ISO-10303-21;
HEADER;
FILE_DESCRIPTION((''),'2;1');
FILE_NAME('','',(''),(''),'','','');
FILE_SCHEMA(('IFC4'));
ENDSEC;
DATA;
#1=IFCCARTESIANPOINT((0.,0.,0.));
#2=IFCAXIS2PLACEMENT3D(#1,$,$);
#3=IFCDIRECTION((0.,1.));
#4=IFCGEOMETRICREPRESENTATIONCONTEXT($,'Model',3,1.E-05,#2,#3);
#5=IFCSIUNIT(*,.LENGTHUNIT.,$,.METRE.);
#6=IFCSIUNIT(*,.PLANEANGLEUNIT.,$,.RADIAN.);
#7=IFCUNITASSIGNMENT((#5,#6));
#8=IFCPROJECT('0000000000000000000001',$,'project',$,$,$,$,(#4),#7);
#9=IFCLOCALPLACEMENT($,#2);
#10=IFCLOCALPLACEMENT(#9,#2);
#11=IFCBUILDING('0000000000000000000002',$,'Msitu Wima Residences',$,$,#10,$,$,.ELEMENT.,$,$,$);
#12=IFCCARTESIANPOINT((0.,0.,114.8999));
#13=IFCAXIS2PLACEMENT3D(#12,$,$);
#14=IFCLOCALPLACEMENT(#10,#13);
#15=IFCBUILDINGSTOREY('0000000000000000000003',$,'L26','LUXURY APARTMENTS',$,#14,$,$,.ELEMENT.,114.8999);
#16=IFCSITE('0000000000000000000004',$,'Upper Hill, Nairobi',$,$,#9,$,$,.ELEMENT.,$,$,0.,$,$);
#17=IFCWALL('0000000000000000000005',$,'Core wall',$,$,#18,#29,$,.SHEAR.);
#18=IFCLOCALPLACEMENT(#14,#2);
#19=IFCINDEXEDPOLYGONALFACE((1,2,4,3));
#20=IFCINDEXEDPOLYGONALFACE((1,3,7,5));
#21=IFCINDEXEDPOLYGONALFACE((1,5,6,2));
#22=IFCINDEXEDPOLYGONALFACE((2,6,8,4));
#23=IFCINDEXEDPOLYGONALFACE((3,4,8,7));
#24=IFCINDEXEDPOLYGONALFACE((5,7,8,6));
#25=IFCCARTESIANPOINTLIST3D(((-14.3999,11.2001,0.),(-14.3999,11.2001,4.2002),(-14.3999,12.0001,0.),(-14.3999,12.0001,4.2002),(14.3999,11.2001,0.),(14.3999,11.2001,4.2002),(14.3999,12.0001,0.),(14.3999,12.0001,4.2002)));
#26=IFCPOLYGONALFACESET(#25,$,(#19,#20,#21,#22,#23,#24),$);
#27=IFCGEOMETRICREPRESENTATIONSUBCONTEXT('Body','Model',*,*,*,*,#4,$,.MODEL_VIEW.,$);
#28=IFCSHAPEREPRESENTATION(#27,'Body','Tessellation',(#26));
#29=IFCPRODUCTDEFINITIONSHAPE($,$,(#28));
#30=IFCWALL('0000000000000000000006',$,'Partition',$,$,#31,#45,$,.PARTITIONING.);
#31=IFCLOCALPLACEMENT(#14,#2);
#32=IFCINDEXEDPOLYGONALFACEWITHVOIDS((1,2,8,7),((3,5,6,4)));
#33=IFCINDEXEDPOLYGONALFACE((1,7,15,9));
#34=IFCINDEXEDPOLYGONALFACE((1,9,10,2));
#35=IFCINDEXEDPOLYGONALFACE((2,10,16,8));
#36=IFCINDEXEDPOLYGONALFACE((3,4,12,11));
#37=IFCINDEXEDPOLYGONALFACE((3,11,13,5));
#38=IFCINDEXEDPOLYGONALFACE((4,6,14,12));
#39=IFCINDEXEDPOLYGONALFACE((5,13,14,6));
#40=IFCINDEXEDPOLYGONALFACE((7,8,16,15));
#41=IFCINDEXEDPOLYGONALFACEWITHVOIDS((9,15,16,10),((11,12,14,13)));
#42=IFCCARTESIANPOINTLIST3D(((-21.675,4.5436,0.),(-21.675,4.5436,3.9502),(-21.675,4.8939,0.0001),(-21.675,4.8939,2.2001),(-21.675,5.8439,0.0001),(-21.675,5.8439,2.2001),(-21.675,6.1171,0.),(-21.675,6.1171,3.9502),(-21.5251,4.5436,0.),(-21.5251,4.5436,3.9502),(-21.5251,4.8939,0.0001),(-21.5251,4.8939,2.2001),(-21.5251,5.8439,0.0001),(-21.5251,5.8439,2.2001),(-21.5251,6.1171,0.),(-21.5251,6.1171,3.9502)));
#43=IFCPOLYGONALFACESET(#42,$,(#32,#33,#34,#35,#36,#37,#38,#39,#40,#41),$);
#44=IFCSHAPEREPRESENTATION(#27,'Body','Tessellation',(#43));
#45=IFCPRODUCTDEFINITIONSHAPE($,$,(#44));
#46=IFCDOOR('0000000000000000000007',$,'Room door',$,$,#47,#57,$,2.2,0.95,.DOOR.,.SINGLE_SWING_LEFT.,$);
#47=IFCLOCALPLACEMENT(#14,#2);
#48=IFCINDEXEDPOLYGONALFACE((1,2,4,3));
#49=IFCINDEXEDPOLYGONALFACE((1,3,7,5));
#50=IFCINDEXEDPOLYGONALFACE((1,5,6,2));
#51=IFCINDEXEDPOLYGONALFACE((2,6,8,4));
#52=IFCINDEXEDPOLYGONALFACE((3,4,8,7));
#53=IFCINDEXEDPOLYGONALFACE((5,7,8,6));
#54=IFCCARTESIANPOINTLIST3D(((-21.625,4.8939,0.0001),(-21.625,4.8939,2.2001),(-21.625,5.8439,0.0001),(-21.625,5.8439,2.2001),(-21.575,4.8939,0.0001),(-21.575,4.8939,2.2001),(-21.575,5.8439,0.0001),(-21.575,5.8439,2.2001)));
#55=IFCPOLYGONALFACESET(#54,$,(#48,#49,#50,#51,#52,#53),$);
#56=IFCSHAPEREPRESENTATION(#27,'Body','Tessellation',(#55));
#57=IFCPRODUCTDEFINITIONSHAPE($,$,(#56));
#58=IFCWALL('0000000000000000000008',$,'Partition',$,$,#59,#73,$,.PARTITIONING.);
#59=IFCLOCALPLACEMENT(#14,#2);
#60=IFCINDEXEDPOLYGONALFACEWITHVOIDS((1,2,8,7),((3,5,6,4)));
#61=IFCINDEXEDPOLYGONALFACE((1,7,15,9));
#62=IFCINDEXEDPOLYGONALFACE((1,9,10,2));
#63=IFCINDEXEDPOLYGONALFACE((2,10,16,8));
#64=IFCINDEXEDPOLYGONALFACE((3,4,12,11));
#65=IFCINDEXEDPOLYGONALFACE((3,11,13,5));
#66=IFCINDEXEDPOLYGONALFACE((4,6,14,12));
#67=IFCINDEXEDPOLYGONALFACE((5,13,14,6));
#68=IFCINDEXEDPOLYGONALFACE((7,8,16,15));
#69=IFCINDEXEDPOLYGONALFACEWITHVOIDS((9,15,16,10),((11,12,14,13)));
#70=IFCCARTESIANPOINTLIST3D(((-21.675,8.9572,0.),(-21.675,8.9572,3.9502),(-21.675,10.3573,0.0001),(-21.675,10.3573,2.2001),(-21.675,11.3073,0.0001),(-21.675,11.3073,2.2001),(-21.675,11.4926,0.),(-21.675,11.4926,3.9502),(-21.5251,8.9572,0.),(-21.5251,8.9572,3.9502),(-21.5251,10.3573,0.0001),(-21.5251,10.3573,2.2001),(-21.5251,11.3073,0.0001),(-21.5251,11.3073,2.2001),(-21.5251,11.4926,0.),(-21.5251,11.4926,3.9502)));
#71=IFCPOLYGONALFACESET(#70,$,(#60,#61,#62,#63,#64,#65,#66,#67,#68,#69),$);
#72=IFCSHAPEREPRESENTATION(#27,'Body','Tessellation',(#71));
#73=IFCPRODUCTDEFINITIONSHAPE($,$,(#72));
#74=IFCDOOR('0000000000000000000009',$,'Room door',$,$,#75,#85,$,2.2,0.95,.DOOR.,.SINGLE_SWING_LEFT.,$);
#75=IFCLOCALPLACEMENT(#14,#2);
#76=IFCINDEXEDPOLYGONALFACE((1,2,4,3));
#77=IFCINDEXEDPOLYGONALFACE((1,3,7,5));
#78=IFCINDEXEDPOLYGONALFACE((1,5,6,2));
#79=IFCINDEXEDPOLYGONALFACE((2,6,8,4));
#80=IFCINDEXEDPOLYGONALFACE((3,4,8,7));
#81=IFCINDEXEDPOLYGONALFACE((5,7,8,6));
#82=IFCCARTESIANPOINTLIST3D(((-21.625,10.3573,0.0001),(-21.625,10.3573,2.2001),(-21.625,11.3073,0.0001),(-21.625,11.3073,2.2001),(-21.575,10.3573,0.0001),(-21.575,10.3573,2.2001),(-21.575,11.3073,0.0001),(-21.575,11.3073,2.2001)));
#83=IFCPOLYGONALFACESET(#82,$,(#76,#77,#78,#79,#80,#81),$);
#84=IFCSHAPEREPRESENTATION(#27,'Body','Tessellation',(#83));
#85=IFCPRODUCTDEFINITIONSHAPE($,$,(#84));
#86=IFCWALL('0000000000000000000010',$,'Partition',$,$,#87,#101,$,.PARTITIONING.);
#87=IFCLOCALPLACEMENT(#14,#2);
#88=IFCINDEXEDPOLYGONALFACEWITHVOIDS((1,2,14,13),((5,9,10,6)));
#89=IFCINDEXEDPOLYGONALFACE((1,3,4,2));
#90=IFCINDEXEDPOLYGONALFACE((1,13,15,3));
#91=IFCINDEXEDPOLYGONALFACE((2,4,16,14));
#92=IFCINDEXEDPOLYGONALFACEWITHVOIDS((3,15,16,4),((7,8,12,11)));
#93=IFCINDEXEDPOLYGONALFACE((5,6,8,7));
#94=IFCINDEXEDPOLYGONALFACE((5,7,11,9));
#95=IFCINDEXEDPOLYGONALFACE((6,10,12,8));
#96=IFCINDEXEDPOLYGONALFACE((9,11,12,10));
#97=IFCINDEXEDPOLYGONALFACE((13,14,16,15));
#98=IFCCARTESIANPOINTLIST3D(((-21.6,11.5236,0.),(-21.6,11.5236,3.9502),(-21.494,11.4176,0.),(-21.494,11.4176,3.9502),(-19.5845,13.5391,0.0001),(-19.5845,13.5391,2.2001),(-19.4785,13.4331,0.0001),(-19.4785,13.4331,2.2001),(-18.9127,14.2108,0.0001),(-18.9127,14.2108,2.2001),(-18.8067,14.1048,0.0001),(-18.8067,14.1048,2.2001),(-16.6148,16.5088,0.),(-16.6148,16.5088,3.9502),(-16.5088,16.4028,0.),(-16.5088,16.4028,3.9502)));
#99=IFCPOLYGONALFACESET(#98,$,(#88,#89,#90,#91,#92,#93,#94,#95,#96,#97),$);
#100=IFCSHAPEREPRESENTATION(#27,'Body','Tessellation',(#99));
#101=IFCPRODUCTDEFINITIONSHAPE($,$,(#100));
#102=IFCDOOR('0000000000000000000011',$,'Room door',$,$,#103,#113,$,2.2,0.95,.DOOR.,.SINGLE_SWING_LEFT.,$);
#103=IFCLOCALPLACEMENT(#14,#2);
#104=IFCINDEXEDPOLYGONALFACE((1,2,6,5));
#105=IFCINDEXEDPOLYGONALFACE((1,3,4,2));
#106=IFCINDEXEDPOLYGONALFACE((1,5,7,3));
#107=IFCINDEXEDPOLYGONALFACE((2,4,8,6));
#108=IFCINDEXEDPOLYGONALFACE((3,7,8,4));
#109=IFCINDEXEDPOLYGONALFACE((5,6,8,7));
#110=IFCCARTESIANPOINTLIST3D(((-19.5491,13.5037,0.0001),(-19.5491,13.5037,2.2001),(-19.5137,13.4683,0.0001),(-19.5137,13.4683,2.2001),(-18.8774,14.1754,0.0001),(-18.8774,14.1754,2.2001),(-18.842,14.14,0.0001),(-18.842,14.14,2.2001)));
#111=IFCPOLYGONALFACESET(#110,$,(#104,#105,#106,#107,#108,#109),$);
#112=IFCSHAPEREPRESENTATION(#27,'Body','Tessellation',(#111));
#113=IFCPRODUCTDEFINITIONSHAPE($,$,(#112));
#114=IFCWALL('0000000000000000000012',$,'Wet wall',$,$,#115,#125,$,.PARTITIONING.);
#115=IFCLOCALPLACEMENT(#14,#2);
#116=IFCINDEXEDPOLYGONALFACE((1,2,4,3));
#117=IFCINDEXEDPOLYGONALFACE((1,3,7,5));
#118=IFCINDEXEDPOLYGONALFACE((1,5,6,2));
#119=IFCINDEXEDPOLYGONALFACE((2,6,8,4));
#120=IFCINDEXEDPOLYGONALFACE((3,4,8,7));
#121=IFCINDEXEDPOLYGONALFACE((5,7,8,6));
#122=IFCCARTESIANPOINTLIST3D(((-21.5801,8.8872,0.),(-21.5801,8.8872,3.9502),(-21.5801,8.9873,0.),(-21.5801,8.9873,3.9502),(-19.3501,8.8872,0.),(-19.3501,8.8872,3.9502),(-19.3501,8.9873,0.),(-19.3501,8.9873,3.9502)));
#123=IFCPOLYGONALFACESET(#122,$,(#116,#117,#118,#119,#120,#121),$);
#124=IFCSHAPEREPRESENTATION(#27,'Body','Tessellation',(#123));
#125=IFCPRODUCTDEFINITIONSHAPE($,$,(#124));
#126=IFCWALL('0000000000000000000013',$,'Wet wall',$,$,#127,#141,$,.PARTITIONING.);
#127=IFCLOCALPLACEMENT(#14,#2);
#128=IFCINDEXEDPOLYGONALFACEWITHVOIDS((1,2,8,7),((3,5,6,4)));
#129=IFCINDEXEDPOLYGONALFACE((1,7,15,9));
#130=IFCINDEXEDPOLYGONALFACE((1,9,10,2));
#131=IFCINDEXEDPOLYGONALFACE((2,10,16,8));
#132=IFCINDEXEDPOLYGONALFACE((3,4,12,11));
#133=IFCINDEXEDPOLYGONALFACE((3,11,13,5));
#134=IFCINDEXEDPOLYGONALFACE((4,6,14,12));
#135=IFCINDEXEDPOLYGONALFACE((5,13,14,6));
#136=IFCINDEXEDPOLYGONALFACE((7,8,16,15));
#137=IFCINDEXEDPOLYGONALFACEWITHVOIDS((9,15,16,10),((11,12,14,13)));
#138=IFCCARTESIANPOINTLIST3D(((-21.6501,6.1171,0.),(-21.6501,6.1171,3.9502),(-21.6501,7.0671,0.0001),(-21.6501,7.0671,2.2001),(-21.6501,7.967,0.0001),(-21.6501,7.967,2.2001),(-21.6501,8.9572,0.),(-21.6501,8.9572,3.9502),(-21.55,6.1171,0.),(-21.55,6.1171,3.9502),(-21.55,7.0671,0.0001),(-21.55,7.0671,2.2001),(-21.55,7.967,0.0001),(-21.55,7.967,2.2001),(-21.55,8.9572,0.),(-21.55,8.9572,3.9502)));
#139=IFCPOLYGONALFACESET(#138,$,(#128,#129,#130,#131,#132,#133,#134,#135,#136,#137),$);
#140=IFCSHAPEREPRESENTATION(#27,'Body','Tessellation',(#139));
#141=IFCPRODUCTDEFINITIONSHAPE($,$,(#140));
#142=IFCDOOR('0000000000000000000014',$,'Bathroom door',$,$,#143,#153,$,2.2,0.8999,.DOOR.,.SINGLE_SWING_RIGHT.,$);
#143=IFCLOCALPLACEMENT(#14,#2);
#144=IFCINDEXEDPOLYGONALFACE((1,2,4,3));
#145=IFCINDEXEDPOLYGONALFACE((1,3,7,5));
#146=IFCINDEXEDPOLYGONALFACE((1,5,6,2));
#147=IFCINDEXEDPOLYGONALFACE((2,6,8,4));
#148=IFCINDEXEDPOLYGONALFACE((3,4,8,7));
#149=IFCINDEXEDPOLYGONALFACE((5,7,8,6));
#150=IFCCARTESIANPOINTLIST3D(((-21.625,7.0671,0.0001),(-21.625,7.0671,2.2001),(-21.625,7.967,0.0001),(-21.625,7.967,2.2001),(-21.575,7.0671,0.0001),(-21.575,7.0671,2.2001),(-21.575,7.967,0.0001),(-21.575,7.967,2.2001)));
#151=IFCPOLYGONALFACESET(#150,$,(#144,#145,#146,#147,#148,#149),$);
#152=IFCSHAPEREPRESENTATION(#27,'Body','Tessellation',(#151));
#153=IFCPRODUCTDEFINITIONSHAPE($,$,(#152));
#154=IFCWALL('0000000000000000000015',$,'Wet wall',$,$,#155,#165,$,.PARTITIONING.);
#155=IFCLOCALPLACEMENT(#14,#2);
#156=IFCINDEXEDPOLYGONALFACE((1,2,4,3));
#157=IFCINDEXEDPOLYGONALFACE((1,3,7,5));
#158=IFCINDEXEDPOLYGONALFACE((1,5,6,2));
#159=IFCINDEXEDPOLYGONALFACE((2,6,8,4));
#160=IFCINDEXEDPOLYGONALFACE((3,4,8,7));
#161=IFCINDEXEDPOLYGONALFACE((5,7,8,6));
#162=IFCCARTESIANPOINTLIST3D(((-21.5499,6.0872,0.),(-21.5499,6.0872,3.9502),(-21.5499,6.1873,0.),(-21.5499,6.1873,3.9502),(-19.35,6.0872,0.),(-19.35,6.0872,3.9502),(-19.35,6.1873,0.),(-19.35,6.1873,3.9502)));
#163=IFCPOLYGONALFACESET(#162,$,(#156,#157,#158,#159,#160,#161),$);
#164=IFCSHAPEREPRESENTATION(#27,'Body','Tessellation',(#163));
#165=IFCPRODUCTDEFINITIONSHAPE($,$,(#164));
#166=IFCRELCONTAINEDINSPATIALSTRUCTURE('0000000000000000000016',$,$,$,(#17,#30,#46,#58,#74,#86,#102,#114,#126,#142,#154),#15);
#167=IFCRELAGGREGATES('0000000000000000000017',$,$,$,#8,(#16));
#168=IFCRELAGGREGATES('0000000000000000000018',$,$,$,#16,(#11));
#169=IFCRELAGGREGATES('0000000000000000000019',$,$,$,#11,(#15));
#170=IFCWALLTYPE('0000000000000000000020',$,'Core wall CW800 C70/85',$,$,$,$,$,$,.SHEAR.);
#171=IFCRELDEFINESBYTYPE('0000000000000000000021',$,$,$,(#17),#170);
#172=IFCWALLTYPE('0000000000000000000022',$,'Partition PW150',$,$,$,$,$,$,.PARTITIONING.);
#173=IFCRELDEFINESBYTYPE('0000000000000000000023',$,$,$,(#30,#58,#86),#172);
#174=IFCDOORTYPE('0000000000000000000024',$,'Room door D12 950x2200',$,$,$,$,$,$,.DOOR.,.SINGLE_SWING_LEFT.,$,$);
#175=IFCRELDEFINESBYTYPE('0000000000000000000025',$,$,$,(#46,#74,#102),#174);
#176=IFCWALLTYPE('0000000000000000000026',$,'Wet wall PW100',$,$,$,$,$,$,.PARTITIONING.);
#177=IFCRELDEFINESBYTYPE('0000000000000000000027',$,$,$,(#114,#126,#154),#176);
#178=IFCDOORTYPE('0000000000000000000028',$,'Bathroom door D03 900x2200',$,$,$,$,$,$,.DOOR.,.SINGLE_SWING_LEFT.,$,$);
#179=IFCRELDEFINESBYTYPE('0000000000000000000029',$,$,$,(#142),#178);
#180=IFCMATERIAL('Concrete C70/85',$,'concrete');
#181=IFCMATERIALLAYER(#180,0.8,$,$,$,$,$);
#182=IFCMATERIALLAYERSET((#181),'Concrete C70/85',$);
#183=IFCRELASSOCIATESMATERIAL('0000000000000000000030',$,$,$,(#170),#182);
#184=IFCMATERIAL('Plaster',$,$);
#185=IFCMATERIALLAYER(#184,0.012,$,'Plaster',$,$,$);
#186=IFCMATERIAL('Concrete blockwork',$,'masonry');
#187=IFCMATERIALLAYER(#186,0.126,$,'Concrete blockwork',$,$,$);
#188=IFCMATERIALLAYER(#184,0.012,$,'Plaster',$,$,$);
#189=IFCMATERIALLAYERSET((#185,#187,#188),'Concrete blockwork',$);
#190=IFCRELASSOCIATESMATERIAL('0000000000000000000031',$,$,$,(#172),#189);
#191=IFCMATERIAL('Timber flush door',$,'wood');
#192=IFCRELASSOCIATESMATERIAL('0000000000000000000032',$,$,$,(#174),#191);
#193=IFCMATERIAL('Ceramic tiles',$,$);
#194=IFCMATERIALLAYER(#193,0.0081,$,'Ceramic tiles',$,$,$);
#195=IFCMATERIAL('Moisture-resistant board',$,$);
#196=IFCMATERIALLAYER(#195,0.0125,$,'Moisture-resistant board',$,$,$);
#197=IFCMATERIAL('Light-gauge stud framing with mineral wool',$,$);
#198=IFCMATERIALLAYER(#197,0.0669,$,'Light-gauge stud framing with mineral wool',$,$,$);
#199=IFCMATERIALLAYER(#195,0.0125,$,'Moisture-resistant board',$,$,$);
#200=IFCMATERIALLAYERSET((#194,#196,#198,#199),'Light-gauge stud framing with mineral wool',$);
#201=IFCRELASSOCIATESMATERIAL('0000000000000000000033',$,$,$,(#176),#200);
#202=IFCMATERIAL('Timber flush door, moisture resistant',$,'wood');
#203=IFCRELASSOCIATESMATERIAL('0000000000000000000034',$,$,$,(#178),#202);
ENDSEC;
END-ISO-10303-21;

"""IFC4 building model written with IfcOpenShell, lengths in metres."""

from ifc_helpers import new_model, si_unit, direction, frame, frame_2d, origin, place, context, subcontext, project, spatial, rectangle, extrude, material, layer, layer_set, type_object, element, fill, save


model = new_model("IFC4")

# Units and contexts
model_context = context("Model", 3, precision=1e-05, world=origin(), true_north=direction((0.0, 1.0)))
body_context = subcontext(model_context, "Body", "Model", "MODEL_VIEW")
ifc_project = project(units=[si_unit("LENGTHUNIT", "METRE"), si_unit("PLANEANGLEUNIT", "RADIAN")], contexts=[model_context])

# Site, building, storey
site_placement = place(None, origin())
site = spatial("IfcSite", under=ifc_project, at=site_placement, Name="Upper Hill, Nairobi", CompositionType="ELEMENT", RefElevation=0.0)
building_placement = place(site_placement, origin())
building = spatial("IfcBuilding", under=site, at=building_placement, Name="Msitu Wima Residences", CompositionType="ELEMENT")
storey_placement = place(building_placement, frame((0.0, 0.0, 114.8999)))
storey = spatial("IfcBuildingStorey", under=building, at=storey_placement, Name="L26", Description="LUXURY APARTMENTS", CompositionType="ELEMENT", Elevation=114.8999)

# Wall
ifc_material_1 = material(Name="Concrete C70/85", Category="concrete")
ifc_layer_1 = layer(ifc_material_1, 0.8)
ifc_layer_set_1 = layer_set([ifc_layer_1], Name="Concrete C70/85")
wall_type_1 = type_object("IfcWallType", Name="Core wall CW800 C70/85", PredefinedType="SHEAR", material=ifc_layer_set_1)
wall_1_placement = place(storey_placement, frame((-14.3999, 11.6001, 0.0), z_axis=(0.0, 0.0, 1.0), x_axis=(1.0, 0.0, 0.0)))
element("IfcWall", 1, at=wall_1_placement, inside=storey, type_object=wall_type_1, Name="Core wall", PredefinedType="SHEAR", context=body_context, shape_type="SweptSolid", body=[
    extrude(rectangle(XDim=28.7998, YDim=0.8, at=frame_2d((14.3999, 0.0))), origin(), (0.0, 0.0, 1.0), 4.2002),
])

# Walls, openings, doors
ifc_material_2 = material(Name="Plaster")
ifc_layer_2 = layer(ifc_material_2, 0.012, Name="Plaster")
ifc_material_3 = material(Name="Concrete blockwork", Category="masonry")
ifc_layer_3 = layer(ifc_material_3, 0.126, Name="Concrete blockwork")
ifc_layer_4 = layer(ifc_material_2, 0.012, Name="Plaster")
ifc_layer_set_2 = layer_set([ifc_layer_2, ifc_layer_3, ifc_layer_4], Name="Concrete blockwork")
wall_type_2 = type_object("IfcWallType", Name="Partition PW150", PredefinedType="PARTITIONING", material=ifc_layer_set_2)
wall_2_placement = place(storey_placement, frame((-21.6001, 4.5437, 0.0), z_axis=(0.0, 0.0, 1.0), x_axis=(0.0, 1.0, 0.0)))
wall_2 = element("IfcWall", 2, at=wall_2_placement, inside=storey, type_object=wall_type_2, Name="Partition", PredefinedType="PARTITIONING", context=body_context, shape_type="SweptSolid", body=[
    extrude(rectangle(XDim=1.5735, YDim=0.1499, at=frame_2d((0.7866, 0.0))), origin(), (0.0, 0.0, 1.0), 3.9502),
])
opening_1_placement = place(wall_2_placement, frame((0.3501, 0.0, 0.0)))
opening_1 = element("IfcOpeningElement", 3, at=opening_1_placement, cuts=wall_2, PredefinedType="OPENING", context=body_context, shape_type="SweptSolid", body=[
    extrude(rectangle(XDim=0.95, YDim=2.2, at=frame_2d((0.4751, 1.1001))), frame((0.0, 0.085, 0.0), z_axis=(0.0, -1.0, 0.0), x_axis=(1.0, 0.0, 0.0)), (0.0, 0.0, 1.0), 0.1699),
])
ifc_material_4 = material(Name="Timber flush door", Category="wood")
door_type_1 = type_object("IfcDoorType", Name="Room door D12 950x2200", OperationType="SINGLE_SWING_LEFT", PredefinedType="DOOR", material=ifc_material_4)
door_1_placement = place(opening_1_placement, origin())
door_1 = element("IfcDoor", 4, at=door_1_placement, inside=storey, type_object=door_type_1, Name="Room door", OperationType="SINGLE_SWING_LEFT", OverallHeight=2.2, OverallWidth=0.95, PredefinedType="DOOR", context=body_context, shape_type="SweptSolid", body=[
    extrude(rectangle(XDim=0.95, YDim=2.2, at=frame_2d((0.4751, 1.1001))), frame((0.0, 0.0249, 0.0), z_axis=(0.0, -1.0, 0.0), x_axis=(1.0, 0.0, 0.0)), (0.0, 0.0, 1.0), 0.05),
])
fill(opening_1, door_1)
wall_3_placement = place(storey_placement, frame((-21.6001, 8.9573, 0.0), z_axis=(0.0, 0.0, 1.0), x_axis=(0.0, 1.0, 0.0)))
wall_3 = element("IfcWall", 5, at=wall_3_placement, inside=storey, type_object=wall_type_2, Name="Partition", PredefinedType="PARTITIONING", context=body_context, shape_type="SweptSolid", body=[
    extrude(rectangle(XDim=2.5354, YDim=0.1499, at=frame_2d((1.2676, 0.0))), origin(), (0.0, 0.0, 1.0), 3.9502),
])
opening_2_placement = place(wall_3_placement, frame((1.3999, 0.0, 0.0)))
opening_2 = element("IfcOpeningElement", 6, at=opening_2_placement, cuts=wall_3, PredefinedType="OPENING", context=body_context, shape_type="SweptSolid", body=[
    extrude(rectangle(XDim=0.95, YDim=2.2, at=frame_2d((0.4751, 1.1001))), frame((0.0, 0.085, 0.0), z_axis=(0.0, -1.0, 0.0), x_axis=(1.0, 0.0, 0.0)), (0.0, 0.0, 1.0), 0.1699),
])
door_2_placement = place(opening_2_placement, origin())
door_2 = element("IfcDoor", 7, at=door_2_placement, inside=storey, type_object=door_type_1, Name="Room door", OperationType="SINGLE_SWING_LEFT", OverallHeight=2.2, OverallWidth=0.95, PredefinedType="DOOR", context=body_context, shape_type="SweptSolid", body=[
    extrude(rectangle(XDim=0.95, YDim=2.2, at=frame_2d((0.4751, 1.1001))), frame((0.0, 0.0249, 0.0), z_axis=(0.0, -1.0, 0.0), x_axis=(1.0, 0.0, 0.0)), (0.0, 0.0, 1.0), 0.05),
])
fill(opening_2, door_2)
wall_4_placement = place(storey_placement, frame((-21.5469, 11.4707, 0.0), z_axis=(0.0, 0.0, 1.0), x_axis=(0.707107, 0.707107, 0.0)))
wall_4 = element("IfcWall", 8, at=wall_4_placement, inside=storey, type_object=wall_type_2, Name="Partition", PredefinedType="PARTITIONING", context=body_context, shape_type="SweptSolid", body=[
    extrude(rectangle(XDim=7.05, YDim=0.1499, at=frame_2d((3.5249, 0.0))), origin(), (0.0, 0.0, 1.0), 3.9502),
])
opening_3_placement = place(wall_4_placement, frame((2.8501, 0.0, 0.0)))
opening_3 = element("IfcOpeningElement", 9, at=opening_3_placement, cuts=wall_4, PredefinedType="OPENING", context=body_context, shape_type="SweptSolid", body=[
    extrude(rectangle(XDim=0.95, YDim=2.2, at=frame_2d((0.4751, 1.1001))), frame((0.0, 0.085, 0.0), z_axis=(0.0, -1.0, 0.0), x_axis=(1.0, 0.0, 0.0)), (0.0, 0.0, 1.0), 0.1699),
])
door_3_placement = place(opening_3_placement, origin())
door_3 = element("IfcDoor", 10, at=door_3_placement, inside=storey, type_object=door_type_1, Name="Room door", OperationType="SINGLE_SWING_LEFT", OverallHeight=2.2, OverallWidth=0.95, PredefinedType="DOOR", context=body_context, shape_type="SweptSolid", body=[
    extrude(rectangle(XDim=0.95, YDim=2.2, at=frame_2d((0.4751, 1.1001))), frame((0.0, 0.0249, 0.0), z_axis=(0.0, -1.0, 0.0), x_axis=(1.0, 0.0, 0.0)), (0.0, 0.0, 1.0), 0.05),
])
fill(opening_3, door_3)

# Wall
ifc_material_5 = material(Name="Ceramic tiles")
ifc_layer_5 = layer(ifc_material_5, 0.0081, Name="Ceramic tiles")
ifc_material_6 = material(Name="Moisture-resistant board")
ifc_layer_6 = layer(ifc_material_6, 0.0125, Name="Moisture-resistant board")
ifc_material_7 = material(Name="Light-gauge stud framing with mineral wool")
ifc_layer_7 = layer(ifc_material_7, 0.0669, Name="Light-gauge stud framing with mineral wool")
ifc_layer_8 = layer(ifc_material_6, 0.0125, Name="Moisture-resistant board")
ifc_layer_set_3 = layer_set([ifc_layer_5, ifc_layer_6, ifc_layer_7, ifc_layer_8], Name="Light-gauge stud framing with mineral wool")
wall_type_3 = type_object("IfcWallType", Name="Wet wall PW100", PredefinedType="PARTITIONING", material=ifc_layer_set_3)
wall_5_placement = place(storey_placement, frame((-21.5801, 8.9373, 0.0), z_axis=(0.0, 0.0, 1.0), x_axis=(1.0, 0.0, 0.0)))
element("IfcWall", 11, at=wall_5_placement, inside=storey, type_object=wall_type_3, Name="Wet wall", PredefinedType="PARTITIONING", context=body_context, shape_type="SweptSolid", body=[
    extrude(rectangle(XDim=2.23, YDim=0.1001, at=frame_2d((1.115, 0.0))), origin(), (0.0, 0.0, 1.0), 3.9502),
])

# Wall, opening, door
wall_6_placement = place(storey_placement, frame((-21.6001, 6.1172, 0.0), z_axis=(0.0, 0.0, 1.0), x_axis=(0.0, 1.0, 0.0)))
wall_6 = element("IfcWall", 12, at=wall_6_placement, inside=storey, type_object=wall_type_3, Name="Wet wall", PredefinedType="PARTITIONING", context=body_context, shape_type="SweptSolid", body=[
    extrude(rectangle(XDim=2.8401, YDim=0.1001, at=frame_2d((1.4199, 0.0))), origin(), (0.0, 0.0, 1.0), 3.9502),
])
opening_4_placement = place(wall_6_placement, frame((0.95, 0.0, 0.0)))
opening_4 = element("IfcOpeningElement", 13, at=opening_4_placement, cuts=wall_6, PredefinedType="OPENING", context=body_context, shape_type="SweptSolid", body=[
    extrude(rectangle(XDim=0.8999, YDim=2.2, at=frame_2d((0.45, 1.1001))), frame((0.0, 0.0601, 0.0), z_axis=(0.0, -1.0, 0.0), x_axis=(1.0, 0.0, 0.0)), (0.0, 0.0, 1.0), 0.1201),
])
ifc_material_8 = material(Name="Timber flush door, moisture resistant", Category="wood")
door_type_2 = type_object("IfcDoorType", Name="Bathroom door D03 900x2200", OperationType="SINGLE_SWING_LEFT", PredefinedType="DOOR", material=ifc_material_8)
door_4_placement = place(opening_4_placement, origin())
door_4 = element("IfcDoor", 14, at=door_4_placement, inside=storey, type_object=door_type_2, Name="Bathroom door", OperationType="SINGLE_SWING_RIGHT", OverallHeight=2.2, OverallWidth=0.8999, PredefinedType="DOOR", context=body_context, shape_type="SweptSolid", body=[
    extrude(rectangle(XDim=0.8999, YDim=2.2, at=frame_2d((0.45, 1.1001))), frame((0.0, 0.0249, 0.0), z_axis=(0.0, -1.0, 0.0), x_axis=(1.0, 0.0, 0.0)), (0.0, 0.0, 1.0), 0.05),
])
fill(opening_4, door_4)

# Wall
wall_7_placement = place(storey_placement, frame((-21.55, 6.1372, 0.0), z_axis=(0.0, 0.0, 1.0), x_axis=(1.0, 0.0, 0.0)))
element("IfcWall", 15, at=wall_7_placement, inside=storey, type_object=wall_type_3, Name="Wet wall", PredefinedType="PARTITIONING", context=body_context, shape_type="SweptSolid", body=[
    extrude(rectangle(XDim=2.2, YDim=0.1001, at=frame_2d((1.1001, 0.0))), origin(), (0.0, 0.0, 1.0), 3.9502),
])

save(model, "model.ifc")
